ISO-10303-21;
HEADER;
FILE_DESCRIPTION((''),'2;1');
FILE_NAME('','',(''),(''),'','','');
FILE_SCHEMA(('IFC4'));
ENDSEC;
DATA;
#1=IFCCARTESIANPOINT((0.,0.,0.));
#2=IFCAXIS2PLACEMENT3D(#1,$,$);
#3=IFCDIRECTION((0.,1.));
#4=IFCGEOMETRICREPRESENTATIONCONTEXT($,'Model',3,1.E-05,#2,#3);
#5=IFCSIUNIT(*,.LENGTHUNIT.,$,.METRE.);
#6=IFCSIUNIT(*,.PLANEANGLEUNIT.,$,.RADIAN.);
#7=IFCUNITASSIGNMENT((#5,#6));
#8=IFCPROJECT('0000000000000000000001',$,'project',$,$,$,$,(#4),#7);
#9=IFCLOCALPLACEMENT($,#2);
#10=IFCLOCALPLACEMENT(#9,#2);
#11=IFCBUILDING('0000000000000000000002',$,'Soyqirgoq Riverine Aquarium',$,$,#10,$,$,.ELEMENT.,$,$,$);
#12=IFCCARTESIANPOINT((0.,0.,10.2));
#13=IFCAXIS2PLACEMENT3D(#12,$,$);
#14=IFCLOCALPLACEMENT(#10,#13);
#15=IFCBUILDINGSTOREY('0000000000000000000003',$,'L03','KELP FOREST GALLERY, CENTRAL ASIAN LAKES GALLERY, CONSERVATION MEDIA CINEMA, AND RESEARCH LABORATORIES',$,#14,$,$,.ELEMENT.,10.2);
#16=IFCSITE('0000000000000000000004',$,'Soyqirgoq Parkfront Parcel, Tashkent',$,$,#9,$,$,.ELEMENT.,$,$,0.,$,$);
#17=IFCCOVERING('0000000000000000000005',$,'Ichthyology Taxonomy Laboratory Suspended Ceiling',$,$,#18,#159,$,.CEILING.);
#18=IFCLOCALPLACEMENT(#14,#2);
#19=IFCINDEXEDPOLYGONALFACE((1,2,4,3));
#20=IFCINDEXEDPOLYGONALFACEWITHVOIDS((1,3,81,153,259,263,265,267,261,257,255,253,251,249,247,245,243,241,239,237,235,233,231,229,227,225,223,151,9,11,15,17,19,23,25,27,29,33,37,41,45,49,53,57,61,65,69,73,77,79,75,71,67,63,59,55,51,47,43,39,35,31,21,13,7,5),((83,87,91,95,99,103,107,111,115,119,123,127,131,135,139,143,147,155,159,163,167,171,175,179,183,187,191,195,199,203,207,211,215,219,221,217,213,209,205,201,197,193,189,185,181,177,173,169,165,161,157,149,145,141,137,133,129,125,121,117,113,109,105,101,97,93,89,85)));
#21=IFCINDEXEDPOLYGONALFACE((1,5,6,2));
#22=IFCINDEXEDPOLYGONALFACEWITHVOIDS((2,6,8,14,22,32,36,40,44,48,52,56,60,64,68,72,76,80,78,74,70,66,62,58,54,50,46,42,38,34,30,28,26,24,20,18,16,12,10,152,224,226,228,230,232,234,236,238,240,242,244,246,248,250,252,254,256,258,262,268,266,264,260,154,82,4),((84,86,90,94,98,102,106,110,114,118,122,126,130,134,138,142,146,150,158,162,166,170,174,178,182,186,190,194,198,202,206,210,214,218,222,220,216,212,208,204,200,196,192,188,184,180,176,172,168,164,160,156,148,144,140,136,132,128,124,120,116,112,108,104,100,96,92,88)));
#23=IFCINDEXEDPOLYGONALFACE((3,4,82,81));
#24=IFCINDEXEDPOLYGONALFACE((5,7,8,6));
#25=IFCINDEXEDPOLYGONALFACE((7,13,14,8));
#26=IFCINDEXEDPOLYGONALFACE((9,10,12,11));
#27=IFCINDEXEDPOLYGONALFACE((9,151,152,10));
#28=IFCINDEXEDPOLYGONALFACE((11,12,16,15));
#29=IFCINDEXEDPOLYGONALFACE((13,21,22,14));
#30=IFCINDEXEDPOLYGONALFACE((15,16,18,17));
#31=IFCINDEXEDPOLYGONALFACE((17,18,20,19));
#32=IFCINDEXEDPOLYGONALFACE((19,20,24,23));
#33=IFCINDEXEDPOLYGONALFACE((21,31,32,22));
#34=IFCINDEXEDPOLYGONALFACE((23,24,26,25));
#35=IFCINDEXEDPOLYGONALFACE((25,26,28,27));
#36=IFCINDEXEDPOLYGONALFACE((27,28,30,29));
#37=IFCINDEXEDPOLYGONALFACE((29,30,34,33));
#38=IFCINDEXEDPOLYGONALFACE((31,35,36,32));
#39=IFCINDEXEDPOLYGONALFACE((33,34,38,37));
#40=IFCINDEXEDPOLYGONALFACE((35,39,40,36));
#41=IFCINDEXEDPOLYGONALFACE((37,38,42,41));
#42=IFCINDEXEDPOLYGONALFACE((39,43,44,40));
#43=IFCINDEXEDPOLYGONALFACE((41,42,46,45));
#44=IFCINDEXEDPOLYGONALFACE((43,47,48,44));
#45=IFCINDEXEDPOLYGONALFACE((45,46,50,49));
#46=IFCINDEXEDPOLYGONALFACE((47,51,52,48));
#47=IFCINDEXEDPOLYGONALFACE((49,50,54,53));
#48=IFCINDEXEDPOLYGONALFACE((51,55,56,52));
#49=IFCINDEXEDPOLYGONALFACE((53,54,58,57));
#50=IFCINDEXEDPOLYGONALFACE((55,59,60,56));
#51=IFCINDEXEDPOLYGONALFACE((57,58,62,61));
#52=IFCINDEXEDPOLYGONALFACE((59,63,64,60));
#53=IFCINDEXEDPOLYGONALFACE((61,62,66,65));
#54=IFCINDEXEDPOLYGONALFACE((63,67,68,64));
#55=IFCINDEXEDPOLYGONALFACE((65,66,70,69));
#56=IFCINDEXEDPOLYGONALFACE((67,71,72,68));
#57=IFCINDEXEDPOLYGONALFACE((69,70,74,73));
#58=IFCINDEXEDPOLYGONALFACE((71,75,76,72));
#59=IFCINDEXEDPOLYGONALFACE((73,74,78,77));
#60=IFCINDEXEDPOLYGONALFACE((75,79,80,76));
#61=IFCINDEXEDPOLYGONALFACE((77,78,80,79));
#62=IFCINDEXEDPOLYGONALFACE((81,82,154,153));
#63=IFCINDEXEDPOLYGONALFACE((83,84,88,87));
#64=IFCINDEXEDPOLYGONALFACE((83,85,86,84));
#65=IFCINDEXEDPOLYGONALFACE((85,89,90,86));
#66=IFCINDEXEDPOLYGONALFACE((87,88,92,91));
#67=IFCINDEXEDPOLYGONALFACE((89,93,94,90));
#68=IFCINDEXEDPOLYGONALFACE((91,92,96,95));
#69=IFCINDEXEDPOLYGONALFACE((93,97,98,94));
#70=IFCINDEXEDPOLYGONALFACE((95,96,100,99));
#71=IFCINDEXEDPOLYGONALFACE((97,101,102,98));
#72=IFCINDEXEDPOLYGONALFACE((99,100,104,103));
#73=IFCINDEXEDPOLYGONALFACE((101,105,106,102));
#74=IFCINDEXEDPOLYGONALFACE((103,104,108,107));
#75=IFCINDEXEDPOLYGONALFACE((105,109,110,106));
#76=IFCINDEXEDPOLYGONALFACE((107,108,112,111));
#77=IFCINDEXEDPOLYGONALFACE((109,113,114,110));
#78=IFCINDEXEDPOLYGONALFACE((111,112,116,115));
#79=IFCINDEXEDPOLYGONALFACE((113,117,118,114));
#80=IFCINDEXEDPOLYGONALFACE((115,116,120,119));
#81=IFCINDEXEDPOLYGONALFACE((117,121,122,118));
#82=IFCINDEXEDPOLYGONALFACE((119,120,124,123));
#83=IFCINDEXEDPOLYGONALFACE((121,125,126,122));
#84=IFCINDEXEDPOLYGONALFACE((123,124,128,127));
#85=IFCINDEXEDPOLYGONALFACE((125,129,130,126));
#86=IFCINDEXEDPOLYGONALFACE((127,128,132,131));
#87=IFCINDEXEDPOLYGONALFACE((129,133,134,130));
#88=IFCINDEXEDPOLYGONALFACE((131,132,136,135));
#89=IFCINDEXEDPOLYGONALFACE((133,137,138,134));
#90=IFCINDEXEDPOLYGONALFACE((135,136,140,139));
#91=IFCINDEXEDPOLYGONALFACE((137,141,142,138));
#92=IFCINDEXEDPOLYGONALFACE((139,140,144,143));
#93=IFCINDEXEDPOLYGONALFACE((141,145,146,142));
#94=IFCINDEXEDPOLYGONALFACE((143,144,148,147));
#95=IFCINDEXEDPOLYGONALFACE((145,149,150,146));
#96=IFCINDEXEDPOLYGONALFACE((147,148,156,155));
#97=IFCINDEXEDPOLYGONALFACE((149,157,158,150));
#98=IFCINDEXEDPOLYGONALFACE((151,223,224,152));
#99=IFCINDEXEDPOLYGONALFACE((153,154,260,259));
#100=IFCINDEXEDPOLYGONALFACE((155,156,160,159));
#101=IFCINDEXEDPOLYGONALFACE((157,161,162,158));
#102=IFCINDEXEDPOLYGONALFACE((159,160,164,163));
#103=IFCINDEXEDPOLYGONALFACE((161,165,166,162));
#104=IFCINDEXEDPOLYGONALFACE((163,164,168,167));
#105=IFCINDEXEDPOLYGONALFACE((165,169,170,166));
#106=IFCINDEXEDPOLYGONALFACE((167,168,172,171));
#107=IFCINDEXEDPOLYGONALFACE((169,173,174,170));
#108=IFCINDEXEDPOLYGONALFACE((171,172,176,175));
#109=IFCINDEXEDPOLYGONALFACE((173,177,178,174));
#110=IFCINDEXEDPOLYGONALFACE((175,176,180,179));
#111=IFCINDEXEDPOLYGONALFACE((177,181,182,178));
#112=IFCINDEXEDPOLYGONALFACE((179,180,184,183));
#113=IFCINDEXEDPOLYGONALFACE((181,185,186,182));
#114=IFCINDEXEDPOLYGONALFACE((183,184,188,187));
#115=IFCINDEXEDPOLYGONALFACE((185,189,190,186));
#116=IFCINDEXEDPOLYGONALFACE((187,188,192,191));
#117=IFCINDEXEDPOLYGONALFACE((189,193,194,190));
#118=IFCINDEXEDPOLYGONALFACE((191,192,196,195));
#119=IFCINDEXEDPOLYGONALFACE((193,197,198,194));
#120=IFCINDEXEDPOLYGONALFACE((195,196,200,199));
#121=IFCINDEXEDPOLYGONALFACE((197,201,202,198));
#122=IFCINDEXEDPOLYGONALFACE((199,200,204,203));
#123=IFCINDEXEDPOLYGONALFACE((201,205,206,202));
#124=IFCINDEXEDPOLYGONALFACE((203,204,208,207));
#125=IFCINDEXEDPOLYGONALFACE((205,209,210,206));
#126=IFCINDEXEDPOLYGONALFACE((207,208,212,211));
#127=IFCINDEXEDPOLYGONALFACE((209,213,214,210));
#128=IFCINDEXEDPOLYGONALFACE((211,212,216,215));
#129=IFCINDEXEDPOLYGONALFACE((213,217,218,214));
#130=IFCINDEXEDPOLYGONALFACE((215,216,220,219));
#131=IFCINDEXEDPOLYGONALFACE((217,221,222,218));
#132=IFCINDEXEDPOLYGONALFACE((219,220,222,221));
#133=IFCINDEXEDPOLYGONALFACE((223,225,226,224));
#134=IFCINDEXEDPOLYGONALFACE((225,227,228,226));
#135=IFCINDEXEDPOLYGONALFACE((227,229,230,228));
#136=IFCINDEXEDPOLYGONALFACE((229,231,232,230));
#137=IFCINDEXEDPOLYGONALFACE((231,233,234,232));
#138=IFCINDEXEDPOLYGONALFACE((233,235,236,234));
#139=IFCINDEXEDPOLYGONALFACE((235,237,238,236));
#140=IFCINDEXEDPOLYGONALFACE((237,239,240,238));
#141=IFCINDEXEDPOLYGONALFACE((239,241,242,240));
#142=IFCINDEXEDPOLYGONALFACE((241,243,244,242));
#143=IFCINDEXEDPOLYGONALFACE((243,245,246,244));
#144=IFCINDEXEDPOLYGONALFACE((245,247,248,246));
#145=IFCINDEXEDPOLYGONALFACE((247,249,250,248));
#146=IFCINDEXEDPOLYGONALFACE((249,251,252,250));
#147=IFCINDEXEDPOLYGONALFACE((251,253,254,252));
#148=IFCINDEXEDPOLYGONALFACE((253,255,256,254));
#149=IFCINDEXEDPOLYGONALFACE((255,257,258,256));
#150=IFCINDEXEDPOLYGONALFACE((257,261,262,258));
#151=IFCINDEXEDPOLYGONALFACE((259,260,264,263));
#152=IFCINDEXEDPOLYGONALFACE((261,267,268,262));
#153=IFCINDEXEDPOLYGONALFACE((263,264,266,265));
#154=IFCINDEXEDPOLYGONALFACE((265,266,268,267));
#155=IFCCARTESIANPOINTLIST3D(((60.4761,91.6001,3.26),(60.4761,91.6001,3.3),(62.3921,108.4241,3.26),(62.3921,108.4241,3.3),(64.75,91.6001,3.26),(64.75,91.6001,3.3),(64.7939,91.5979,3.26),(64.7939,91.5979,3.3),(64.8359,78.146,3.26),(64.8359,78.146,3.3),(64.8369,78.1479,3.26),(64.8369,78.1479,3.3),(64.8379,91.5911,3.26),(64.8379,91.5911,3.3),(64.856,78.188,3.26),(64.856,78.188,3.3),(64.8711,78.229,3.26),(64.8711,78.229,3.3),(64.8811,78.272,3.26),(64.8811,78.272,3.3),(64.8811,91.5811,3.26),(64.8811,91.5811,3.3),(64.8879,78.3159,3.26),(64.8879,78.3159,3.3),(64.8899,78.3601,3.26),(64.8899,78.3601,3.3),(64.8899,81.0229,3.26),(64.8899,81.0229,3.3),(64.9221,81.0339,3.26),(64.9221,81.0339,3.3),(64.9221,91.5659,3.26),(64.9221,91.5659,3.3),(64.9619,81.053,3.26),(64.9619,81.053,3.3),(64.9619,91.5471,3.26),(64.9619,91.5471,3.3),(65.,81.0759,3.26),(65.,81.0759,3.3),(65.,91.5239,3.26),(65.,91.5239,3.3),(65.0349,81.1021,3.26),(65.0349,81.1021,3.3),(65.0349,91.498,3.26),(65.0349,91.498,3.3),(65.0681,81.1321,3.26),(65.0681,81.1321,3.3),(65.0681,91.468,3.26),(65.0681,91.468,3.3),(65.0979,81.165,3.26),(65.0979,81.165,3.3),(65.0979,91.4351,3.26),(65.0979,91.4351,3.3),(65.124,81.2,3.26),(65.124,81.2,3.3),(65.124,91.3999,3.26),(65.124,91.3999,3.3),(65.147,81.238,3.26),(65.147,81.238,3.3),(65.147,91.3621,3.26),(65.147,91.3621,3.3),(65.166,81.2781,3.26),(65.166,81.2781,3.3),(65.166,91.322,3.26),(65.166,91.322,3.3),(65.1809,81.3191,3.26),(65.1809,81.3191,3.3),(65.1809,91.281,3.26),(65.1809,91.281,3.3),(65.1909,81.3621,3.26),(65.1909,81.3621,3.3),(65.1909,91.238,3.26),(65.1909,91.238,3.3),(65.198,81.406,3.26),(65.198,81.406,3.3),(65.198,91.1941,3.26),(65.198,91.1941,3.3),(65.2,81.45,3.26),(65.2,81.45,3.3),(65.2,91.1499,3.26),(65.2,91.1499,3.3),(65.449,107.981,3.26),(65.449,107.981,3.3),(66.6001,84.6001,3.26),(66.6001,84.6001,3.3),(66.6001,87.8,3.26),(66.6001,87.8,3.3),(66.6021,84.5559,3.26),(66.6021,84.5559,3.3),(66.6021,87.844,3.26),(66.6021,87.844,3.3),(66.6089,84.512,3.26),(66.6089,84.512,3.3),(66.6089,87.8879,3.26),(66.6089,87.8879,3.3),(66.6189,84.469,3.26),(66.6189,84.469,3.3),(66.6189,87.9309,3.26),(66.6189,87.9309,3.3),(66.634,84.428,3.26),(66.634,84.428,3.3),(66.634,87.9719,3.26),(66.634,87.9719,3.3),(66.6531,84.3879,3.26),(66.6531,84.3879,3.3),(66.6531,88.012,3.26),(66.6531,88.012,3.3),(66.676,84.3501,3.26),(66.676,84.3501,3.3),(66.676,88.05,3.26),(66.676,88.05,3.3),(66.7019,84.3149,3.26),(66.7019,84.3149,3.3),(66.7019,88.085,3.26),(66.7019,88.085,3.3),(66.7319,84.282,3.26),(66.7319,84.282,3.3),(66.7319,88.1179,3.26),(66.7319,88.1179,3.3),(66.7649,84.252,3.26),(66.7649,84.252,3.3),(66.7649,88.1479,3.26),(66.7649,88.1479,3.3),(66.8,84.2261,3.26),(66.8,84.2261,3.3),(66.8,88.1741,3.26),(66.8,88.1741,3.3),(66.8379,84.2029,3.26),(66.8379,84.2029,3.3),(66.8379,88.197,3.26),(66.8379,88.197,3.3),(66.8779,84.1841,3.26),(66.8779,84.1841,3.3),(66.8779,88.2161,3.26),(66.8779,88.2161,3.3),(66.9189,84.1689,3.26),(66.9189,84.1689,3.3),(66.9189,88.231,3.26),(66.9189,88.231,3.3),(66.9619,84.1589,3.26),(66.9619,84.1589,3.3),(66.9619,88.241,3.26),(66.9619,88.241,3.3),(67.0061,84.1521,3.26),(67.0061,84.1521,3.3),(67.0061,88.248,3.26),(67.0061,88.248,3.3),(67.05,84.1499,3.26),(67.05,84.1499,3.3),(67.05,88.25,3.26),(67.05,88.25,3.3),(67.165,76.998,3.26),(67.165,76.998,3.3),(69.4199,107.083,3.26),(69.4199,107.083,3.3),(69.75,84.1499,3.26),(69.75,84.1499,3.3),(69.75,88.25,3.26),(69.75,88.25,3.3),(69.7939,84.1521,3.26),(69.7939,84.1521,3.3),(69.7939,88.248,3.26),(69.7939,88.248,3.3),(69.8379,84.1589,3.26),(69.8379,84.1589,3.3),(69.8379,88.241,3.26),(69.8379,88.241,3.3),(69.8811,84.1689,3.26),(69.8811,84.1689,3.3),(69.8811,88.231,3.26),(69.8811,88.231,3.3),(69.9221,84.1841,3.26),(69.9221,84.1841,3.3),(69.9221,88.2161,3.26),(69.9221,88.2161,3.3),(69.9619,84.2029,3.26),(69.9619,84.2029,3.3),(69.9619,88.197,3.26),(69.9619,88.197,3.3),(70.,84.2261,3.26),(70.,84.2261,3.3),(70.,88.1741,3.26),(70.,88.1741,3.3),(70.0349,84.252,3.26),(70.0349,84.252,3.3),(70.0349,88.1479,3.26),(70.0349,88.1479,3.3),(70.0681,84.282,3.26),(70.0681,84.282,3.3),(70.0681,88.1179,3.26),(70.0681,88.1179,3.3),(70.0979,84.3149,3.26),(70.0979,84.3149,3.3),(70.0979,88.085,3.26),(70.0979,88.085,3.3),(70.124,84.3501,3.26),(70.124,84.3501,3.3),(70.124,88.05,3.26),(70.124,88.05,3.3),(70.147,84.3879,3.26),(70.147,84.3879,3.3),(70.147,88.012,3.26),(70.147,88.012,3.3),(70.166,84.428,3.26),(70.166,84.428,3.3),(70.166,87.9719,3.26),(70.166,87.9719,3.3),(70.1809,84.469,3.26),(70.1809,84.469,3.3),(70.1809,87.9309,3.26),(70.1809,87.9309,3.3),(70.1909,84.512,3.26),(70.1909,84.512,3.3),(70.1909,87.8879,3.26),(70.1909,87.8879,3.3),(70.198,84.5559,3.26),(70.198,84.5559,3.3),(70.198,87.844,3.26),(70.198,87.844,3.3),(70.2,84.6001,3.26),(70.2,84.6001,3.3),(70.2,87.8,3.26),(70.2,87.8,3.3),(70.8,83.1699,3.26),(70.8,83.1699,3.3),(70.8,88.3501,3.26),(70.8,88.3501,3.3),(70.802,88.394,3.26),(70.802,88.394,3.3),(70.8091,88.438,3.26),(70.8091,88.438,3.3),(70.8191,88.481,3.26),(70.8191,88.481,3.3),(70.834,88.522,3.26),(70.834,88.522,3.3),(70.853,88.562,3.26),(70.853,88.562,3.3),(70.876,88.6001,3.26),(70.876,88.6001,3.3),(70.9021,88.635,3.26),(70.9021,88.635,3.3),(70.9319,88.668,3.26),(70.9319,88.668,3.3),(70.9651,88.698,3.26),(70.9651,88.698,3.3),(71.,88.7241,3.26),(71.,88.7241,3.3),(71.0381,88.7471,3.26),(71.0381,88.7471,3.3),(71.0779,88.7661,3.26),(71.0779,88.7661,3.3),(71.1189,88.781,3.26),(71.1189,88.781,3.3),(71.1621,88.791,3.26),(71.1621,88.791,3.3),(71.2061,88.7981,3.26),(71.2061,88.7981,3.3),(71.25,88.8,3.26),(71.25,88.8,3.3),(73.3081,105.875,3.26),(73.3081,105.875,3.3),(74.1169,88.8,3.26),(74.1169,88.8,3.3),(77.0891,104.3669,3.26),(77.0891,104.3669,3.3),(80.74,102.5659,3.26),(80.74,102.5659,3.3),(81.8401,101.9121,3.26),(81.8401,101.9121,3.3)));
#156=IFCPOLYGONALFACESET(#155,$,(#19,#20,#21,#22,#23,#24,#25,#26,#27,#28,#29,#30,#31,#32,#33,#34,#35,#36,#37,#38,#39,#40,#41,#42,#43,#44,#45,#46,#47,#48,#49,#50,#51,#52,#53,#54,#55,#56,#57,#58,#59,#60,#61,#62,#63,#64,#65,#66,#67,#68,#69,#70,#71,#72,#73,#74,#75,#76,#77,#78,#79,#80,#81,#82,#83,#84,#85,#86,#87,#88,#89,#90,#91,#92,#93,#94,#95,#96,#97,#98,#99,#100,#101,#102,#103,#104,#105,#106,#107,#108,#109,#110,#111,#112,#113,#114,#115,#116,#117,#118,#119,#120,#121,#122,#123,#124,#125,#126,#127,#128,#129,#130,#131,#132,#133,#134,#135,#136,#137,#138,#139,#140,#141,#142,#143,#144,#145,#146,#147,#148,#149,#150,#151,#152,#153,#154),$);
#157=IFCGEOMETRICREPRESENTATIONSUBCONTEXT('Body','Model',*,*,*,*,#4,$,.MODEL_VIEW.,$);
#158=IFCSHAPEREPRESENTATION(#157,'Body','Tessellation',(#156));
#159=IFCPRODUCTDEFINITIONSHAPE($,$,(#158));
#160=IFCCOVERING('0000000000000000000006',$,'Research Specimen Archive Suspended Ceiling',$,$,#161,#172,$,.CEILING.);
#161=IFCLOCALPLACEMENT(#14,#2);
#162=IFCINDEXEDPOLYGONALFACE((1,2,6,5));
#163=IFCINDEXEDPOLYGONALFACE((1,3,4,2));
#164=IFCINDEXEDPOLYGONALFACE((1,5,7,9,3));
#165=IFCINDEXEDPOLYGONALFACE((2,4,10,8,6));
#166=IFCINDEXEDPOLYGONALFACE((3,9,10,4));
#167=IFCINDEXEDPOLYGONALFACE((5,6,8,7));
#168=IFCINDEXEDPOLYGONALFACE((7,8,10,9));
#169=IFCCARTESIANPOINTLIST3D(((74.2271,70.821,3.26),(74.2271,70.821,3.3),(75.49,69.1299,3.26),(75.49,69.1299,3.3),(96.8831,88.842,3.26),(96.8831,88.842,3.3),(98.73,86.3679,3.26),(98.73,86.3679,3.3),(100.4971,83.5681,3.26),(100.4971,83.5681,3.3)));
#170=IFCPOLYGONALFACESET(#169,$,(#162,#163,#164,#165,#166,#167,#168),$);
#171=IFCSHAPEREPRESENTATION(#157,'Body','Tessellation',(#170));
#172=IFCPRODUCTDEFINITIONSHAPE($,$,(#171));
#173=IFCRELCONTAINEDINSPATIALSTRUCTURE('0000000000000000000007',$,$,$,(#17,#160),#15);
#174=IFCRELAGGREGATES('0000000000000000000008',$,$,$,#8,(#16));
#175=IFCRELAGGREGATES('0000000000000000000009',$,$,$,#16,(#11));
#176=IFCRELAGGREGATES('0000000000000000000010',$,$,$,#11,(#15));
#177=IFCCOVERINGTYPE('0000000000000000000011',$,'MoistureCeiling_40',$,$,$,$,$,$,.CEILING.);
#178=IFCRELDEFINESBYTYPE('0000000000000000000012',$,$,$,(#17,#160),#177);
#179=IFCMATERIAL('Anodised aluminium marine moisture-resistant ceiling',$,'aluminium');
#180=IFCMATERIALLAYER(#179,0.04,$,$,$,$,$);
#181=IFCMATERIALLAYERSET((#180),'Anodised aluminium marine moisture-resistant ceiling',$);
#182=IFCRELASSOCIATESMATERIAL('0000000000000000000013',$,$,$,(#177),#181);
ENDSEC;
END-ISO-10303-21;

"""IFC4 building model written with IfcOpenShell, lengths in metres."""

from ifc_helpers import new_model, si_unit, direction, frame, origin, place, context, subcontext, project, spatial, polyline, outline, extrude, material, layer, layer_set, type_object, element, save


model = new_model("IFC4")

# Units and contexts
model_context = context("Model", 3, precision=1e-05, world=origin(), true_north=direction((0.0, 1.0)))
body_context = subcontext(model_context, "Body", "Model", "MODEL_VIEW")
ifc_project = project(units=[si_unit("LENGTHUNIT", "METRE"), si_unit("PLANEANGLEUNIT", "RADIAN")], contexts=[model_context])

# Site, building, storey
site_placement = place(None, origin())
site = spatial("IfcSite", under=ifc_project, at=site_placement, Name="Soyqirgoq Parkfront Parcel, Tashkent", CompositionType="ELEMENT", RefElevation=0.0)
building_placement = place(site_placement, origin())
building = spatial("IfcBuilding", under=site, at=building_placement, Name="Soyqirgoq Riverine Aquarium", CompositionType="ELEMENT")
storey_placement = place(building_placement, frame((0.0, 0.0, 10.2)))
storey = spatial("IfcBuildingStorey", under=building, at=storey_placement, Name="L03", Description="KELP FOREST GALLERY, CENTRAL ASIAN LAKES GALLERY, CONSERVATION MEDIA CINEMA, AND RESEARCH LABORATORIES", CompositionType="ELEMENT", Elevation=10.2)

# Coverings
ifc_material_1 = material(Name="Anodised aluminium marine moisture-resistant ceiling", Category="aluminium")
ifc_layer_1 = layer(ifc_material_1, 0.04)
ifc_layer_set_1 = layer_set([ifc_layer_1], Name="Anodised aluminium marine moisture-resistant ceiling")
covering_type_1 = type_object("IfcCoveringType", Name="MoistureCeiling_40", PredefinedType="CEILING", material=ifc_layer_set_1)
covering_1_placement = place(storey_placement, frame((0.0, 0.0, 3.26)))
element("IfcCovering", 1, at=covering_1_placement, inside=storey, type_object=covering_type_1, Name="Ichthyology Taxonomy Laboratory Suspended Ceiling", PredefinedType="CEILING", context=body_context, shape_type="SweptSolid", body=[
    extrude(outline(polyline([(62.3921, 108.4241), (65.449, 107.981), (69.4199, 107.083), (73.3081, 105.875), (77.0891, 104.3669), (80.74, 102.5659), (81.8401, 101.9121), (74.1169, 88.8), (71.25, 88.8), (71.2061, 88.7981), (71.1621, 88.791), (71.1189, 88.781), (71.0779, 88.7661), (71.0381, 88.7471), (71.0, 88.7241), (70.9651, 88.698), (70.9319, 88.668), (70.9021, 88.635), (70.876, 88.6001), (70.853, 88.562), (70.834, 88.522), (70.8191, 88.481), (70.8091, 88.438), (70.802, 88.394), (70.8, 88.3501), (70.8, 83.1699), (67.165, 76.998), (64.8359, 78.146), (64.8369, 78.1479), (64.856, 78.188), (64.8711, 78.229), (64.8811, 78.272), (64.8879, 78.3159), (64.8899, 78.3601), (64.8899, 81.0229), (64.9221, 81.0339), (64.9619, 81.053), (65.0, 81.0759), (65.0349, 81.1021), (65.0681, 81.1321), (65.0979, 81.165), (65.124, 81.2), (65.147, 81.238), (65.166, 81.2781), (65.1809, 81.3191), (65.1909, 81.3621), (65.198, 81.406), (65.2, 81.45), (65.2, 91.1499), (65.198, 91.1941), (65.1909, 91.238), (65.1809, 91.281), (65.166, 91.322), (65.147, 91.3621), (65.124, 91.3999), (65.0979, 91.4351), (65.0681, 91.468), (65.0349, 91.498), (65.0, 91.5239), (64.9619, 91.5471), (64.9221, 91.5659), (64.8811, 91.5811), (64.8379, 91.5911), (64.7939, 91.5979), (64.75, 91.6001), (60.4761, 91.6001), (62.3921, 108.4241)]), holes=[polyline([(66.6001, 87.8), (66.6021, 87.844), (66.6089, 87.8879), (66.6189, 87.9309), (66.634, 87.9719), (66.6531, 88.012), (66.676, 88.05), (66.7019, 88.085), (66.7319, 88.1179), (66.7649, 88.1479), (66.8, 88.1741), (66.8379, 88.197), (66.8779, 88.2161), (66.9189, 88.231), (66.9619, 88.241), (67.0061, 88.248), (67.05, 88.25), (69.75, 88.25), (69.7939, 88.248), (69.8379, 88.241), (69.8811, 88.231), (69.9221, 88.2161), (69.9619, 88.197), (70.0, 88.1741), (70.0349, 88.1479), (70.0681, 88.1179), (70.0979, 88.085), (70.124, 88.05), (70.147, 88.012), (70.166, 87.9719), (70.1809, 87.9309), (70.1909, 87.8879), (70.198, 87.844), (70.2, 87.8), (70.2, 84.6001), (70.198, 84.5559), (70.1909, 84.512), (70.1809, 84.469), (70.166, 84.428), (70.147, 84.3879), (70.124, 84.3501), (70.0979, 84.3149), (70.0681, 84.282), (70.0349, 84.252), (70.0, 84.2261), (69.9619, 84.2029), (69.9221, 84.1841), (69.8811, 84.1689), (69.8379, 84.1589), (69.7939, 84.1521), (69.75, 84.1499), (67.05, 84.1499), (67.0061, 84.1521), (66.9619, 84.1589), (66.9189, 84.1689), (66.8779, 84.1841), (66.8379, 84.2029), (66.8, 84.2261), (66.7649, 84.252), (66.7319, 84.282), (66.7019, 84.3149), (66.676, 84.3501), (66.6531, 84.3879), (66.634, 84.428), (66.6189, 84.469), (66.6089, 84.512), (66.6021, 84.5559), (66.6001, 84.6001), (66.6001, 87.8)])]), origin(), (0.0, 0.0, 1.0), 0.04),
])
covering_2_placement = place(storey_placement, frame((0.0, 0.0, 3.26)))
element("IfcCovering", 2, at=covering_2_placement, inside=storey, type_object=covering_type_1, Name="Research Specimen Archive Suspended Ceiling", PredefinedType="CEILING", context=body_context, shape_type="SweptSolid", body=[
    extrude(outline(polyline([(98.73, 86.3679), (100.4971, 83.5681), (75.49, 69.1299), (74.2271, 70.821), (96.8831, 88.842), (98.73, 86.3679)])), origin(), (0.0, 0.0, 1.0), 0.04),
])

save(model, "model.ifc")
